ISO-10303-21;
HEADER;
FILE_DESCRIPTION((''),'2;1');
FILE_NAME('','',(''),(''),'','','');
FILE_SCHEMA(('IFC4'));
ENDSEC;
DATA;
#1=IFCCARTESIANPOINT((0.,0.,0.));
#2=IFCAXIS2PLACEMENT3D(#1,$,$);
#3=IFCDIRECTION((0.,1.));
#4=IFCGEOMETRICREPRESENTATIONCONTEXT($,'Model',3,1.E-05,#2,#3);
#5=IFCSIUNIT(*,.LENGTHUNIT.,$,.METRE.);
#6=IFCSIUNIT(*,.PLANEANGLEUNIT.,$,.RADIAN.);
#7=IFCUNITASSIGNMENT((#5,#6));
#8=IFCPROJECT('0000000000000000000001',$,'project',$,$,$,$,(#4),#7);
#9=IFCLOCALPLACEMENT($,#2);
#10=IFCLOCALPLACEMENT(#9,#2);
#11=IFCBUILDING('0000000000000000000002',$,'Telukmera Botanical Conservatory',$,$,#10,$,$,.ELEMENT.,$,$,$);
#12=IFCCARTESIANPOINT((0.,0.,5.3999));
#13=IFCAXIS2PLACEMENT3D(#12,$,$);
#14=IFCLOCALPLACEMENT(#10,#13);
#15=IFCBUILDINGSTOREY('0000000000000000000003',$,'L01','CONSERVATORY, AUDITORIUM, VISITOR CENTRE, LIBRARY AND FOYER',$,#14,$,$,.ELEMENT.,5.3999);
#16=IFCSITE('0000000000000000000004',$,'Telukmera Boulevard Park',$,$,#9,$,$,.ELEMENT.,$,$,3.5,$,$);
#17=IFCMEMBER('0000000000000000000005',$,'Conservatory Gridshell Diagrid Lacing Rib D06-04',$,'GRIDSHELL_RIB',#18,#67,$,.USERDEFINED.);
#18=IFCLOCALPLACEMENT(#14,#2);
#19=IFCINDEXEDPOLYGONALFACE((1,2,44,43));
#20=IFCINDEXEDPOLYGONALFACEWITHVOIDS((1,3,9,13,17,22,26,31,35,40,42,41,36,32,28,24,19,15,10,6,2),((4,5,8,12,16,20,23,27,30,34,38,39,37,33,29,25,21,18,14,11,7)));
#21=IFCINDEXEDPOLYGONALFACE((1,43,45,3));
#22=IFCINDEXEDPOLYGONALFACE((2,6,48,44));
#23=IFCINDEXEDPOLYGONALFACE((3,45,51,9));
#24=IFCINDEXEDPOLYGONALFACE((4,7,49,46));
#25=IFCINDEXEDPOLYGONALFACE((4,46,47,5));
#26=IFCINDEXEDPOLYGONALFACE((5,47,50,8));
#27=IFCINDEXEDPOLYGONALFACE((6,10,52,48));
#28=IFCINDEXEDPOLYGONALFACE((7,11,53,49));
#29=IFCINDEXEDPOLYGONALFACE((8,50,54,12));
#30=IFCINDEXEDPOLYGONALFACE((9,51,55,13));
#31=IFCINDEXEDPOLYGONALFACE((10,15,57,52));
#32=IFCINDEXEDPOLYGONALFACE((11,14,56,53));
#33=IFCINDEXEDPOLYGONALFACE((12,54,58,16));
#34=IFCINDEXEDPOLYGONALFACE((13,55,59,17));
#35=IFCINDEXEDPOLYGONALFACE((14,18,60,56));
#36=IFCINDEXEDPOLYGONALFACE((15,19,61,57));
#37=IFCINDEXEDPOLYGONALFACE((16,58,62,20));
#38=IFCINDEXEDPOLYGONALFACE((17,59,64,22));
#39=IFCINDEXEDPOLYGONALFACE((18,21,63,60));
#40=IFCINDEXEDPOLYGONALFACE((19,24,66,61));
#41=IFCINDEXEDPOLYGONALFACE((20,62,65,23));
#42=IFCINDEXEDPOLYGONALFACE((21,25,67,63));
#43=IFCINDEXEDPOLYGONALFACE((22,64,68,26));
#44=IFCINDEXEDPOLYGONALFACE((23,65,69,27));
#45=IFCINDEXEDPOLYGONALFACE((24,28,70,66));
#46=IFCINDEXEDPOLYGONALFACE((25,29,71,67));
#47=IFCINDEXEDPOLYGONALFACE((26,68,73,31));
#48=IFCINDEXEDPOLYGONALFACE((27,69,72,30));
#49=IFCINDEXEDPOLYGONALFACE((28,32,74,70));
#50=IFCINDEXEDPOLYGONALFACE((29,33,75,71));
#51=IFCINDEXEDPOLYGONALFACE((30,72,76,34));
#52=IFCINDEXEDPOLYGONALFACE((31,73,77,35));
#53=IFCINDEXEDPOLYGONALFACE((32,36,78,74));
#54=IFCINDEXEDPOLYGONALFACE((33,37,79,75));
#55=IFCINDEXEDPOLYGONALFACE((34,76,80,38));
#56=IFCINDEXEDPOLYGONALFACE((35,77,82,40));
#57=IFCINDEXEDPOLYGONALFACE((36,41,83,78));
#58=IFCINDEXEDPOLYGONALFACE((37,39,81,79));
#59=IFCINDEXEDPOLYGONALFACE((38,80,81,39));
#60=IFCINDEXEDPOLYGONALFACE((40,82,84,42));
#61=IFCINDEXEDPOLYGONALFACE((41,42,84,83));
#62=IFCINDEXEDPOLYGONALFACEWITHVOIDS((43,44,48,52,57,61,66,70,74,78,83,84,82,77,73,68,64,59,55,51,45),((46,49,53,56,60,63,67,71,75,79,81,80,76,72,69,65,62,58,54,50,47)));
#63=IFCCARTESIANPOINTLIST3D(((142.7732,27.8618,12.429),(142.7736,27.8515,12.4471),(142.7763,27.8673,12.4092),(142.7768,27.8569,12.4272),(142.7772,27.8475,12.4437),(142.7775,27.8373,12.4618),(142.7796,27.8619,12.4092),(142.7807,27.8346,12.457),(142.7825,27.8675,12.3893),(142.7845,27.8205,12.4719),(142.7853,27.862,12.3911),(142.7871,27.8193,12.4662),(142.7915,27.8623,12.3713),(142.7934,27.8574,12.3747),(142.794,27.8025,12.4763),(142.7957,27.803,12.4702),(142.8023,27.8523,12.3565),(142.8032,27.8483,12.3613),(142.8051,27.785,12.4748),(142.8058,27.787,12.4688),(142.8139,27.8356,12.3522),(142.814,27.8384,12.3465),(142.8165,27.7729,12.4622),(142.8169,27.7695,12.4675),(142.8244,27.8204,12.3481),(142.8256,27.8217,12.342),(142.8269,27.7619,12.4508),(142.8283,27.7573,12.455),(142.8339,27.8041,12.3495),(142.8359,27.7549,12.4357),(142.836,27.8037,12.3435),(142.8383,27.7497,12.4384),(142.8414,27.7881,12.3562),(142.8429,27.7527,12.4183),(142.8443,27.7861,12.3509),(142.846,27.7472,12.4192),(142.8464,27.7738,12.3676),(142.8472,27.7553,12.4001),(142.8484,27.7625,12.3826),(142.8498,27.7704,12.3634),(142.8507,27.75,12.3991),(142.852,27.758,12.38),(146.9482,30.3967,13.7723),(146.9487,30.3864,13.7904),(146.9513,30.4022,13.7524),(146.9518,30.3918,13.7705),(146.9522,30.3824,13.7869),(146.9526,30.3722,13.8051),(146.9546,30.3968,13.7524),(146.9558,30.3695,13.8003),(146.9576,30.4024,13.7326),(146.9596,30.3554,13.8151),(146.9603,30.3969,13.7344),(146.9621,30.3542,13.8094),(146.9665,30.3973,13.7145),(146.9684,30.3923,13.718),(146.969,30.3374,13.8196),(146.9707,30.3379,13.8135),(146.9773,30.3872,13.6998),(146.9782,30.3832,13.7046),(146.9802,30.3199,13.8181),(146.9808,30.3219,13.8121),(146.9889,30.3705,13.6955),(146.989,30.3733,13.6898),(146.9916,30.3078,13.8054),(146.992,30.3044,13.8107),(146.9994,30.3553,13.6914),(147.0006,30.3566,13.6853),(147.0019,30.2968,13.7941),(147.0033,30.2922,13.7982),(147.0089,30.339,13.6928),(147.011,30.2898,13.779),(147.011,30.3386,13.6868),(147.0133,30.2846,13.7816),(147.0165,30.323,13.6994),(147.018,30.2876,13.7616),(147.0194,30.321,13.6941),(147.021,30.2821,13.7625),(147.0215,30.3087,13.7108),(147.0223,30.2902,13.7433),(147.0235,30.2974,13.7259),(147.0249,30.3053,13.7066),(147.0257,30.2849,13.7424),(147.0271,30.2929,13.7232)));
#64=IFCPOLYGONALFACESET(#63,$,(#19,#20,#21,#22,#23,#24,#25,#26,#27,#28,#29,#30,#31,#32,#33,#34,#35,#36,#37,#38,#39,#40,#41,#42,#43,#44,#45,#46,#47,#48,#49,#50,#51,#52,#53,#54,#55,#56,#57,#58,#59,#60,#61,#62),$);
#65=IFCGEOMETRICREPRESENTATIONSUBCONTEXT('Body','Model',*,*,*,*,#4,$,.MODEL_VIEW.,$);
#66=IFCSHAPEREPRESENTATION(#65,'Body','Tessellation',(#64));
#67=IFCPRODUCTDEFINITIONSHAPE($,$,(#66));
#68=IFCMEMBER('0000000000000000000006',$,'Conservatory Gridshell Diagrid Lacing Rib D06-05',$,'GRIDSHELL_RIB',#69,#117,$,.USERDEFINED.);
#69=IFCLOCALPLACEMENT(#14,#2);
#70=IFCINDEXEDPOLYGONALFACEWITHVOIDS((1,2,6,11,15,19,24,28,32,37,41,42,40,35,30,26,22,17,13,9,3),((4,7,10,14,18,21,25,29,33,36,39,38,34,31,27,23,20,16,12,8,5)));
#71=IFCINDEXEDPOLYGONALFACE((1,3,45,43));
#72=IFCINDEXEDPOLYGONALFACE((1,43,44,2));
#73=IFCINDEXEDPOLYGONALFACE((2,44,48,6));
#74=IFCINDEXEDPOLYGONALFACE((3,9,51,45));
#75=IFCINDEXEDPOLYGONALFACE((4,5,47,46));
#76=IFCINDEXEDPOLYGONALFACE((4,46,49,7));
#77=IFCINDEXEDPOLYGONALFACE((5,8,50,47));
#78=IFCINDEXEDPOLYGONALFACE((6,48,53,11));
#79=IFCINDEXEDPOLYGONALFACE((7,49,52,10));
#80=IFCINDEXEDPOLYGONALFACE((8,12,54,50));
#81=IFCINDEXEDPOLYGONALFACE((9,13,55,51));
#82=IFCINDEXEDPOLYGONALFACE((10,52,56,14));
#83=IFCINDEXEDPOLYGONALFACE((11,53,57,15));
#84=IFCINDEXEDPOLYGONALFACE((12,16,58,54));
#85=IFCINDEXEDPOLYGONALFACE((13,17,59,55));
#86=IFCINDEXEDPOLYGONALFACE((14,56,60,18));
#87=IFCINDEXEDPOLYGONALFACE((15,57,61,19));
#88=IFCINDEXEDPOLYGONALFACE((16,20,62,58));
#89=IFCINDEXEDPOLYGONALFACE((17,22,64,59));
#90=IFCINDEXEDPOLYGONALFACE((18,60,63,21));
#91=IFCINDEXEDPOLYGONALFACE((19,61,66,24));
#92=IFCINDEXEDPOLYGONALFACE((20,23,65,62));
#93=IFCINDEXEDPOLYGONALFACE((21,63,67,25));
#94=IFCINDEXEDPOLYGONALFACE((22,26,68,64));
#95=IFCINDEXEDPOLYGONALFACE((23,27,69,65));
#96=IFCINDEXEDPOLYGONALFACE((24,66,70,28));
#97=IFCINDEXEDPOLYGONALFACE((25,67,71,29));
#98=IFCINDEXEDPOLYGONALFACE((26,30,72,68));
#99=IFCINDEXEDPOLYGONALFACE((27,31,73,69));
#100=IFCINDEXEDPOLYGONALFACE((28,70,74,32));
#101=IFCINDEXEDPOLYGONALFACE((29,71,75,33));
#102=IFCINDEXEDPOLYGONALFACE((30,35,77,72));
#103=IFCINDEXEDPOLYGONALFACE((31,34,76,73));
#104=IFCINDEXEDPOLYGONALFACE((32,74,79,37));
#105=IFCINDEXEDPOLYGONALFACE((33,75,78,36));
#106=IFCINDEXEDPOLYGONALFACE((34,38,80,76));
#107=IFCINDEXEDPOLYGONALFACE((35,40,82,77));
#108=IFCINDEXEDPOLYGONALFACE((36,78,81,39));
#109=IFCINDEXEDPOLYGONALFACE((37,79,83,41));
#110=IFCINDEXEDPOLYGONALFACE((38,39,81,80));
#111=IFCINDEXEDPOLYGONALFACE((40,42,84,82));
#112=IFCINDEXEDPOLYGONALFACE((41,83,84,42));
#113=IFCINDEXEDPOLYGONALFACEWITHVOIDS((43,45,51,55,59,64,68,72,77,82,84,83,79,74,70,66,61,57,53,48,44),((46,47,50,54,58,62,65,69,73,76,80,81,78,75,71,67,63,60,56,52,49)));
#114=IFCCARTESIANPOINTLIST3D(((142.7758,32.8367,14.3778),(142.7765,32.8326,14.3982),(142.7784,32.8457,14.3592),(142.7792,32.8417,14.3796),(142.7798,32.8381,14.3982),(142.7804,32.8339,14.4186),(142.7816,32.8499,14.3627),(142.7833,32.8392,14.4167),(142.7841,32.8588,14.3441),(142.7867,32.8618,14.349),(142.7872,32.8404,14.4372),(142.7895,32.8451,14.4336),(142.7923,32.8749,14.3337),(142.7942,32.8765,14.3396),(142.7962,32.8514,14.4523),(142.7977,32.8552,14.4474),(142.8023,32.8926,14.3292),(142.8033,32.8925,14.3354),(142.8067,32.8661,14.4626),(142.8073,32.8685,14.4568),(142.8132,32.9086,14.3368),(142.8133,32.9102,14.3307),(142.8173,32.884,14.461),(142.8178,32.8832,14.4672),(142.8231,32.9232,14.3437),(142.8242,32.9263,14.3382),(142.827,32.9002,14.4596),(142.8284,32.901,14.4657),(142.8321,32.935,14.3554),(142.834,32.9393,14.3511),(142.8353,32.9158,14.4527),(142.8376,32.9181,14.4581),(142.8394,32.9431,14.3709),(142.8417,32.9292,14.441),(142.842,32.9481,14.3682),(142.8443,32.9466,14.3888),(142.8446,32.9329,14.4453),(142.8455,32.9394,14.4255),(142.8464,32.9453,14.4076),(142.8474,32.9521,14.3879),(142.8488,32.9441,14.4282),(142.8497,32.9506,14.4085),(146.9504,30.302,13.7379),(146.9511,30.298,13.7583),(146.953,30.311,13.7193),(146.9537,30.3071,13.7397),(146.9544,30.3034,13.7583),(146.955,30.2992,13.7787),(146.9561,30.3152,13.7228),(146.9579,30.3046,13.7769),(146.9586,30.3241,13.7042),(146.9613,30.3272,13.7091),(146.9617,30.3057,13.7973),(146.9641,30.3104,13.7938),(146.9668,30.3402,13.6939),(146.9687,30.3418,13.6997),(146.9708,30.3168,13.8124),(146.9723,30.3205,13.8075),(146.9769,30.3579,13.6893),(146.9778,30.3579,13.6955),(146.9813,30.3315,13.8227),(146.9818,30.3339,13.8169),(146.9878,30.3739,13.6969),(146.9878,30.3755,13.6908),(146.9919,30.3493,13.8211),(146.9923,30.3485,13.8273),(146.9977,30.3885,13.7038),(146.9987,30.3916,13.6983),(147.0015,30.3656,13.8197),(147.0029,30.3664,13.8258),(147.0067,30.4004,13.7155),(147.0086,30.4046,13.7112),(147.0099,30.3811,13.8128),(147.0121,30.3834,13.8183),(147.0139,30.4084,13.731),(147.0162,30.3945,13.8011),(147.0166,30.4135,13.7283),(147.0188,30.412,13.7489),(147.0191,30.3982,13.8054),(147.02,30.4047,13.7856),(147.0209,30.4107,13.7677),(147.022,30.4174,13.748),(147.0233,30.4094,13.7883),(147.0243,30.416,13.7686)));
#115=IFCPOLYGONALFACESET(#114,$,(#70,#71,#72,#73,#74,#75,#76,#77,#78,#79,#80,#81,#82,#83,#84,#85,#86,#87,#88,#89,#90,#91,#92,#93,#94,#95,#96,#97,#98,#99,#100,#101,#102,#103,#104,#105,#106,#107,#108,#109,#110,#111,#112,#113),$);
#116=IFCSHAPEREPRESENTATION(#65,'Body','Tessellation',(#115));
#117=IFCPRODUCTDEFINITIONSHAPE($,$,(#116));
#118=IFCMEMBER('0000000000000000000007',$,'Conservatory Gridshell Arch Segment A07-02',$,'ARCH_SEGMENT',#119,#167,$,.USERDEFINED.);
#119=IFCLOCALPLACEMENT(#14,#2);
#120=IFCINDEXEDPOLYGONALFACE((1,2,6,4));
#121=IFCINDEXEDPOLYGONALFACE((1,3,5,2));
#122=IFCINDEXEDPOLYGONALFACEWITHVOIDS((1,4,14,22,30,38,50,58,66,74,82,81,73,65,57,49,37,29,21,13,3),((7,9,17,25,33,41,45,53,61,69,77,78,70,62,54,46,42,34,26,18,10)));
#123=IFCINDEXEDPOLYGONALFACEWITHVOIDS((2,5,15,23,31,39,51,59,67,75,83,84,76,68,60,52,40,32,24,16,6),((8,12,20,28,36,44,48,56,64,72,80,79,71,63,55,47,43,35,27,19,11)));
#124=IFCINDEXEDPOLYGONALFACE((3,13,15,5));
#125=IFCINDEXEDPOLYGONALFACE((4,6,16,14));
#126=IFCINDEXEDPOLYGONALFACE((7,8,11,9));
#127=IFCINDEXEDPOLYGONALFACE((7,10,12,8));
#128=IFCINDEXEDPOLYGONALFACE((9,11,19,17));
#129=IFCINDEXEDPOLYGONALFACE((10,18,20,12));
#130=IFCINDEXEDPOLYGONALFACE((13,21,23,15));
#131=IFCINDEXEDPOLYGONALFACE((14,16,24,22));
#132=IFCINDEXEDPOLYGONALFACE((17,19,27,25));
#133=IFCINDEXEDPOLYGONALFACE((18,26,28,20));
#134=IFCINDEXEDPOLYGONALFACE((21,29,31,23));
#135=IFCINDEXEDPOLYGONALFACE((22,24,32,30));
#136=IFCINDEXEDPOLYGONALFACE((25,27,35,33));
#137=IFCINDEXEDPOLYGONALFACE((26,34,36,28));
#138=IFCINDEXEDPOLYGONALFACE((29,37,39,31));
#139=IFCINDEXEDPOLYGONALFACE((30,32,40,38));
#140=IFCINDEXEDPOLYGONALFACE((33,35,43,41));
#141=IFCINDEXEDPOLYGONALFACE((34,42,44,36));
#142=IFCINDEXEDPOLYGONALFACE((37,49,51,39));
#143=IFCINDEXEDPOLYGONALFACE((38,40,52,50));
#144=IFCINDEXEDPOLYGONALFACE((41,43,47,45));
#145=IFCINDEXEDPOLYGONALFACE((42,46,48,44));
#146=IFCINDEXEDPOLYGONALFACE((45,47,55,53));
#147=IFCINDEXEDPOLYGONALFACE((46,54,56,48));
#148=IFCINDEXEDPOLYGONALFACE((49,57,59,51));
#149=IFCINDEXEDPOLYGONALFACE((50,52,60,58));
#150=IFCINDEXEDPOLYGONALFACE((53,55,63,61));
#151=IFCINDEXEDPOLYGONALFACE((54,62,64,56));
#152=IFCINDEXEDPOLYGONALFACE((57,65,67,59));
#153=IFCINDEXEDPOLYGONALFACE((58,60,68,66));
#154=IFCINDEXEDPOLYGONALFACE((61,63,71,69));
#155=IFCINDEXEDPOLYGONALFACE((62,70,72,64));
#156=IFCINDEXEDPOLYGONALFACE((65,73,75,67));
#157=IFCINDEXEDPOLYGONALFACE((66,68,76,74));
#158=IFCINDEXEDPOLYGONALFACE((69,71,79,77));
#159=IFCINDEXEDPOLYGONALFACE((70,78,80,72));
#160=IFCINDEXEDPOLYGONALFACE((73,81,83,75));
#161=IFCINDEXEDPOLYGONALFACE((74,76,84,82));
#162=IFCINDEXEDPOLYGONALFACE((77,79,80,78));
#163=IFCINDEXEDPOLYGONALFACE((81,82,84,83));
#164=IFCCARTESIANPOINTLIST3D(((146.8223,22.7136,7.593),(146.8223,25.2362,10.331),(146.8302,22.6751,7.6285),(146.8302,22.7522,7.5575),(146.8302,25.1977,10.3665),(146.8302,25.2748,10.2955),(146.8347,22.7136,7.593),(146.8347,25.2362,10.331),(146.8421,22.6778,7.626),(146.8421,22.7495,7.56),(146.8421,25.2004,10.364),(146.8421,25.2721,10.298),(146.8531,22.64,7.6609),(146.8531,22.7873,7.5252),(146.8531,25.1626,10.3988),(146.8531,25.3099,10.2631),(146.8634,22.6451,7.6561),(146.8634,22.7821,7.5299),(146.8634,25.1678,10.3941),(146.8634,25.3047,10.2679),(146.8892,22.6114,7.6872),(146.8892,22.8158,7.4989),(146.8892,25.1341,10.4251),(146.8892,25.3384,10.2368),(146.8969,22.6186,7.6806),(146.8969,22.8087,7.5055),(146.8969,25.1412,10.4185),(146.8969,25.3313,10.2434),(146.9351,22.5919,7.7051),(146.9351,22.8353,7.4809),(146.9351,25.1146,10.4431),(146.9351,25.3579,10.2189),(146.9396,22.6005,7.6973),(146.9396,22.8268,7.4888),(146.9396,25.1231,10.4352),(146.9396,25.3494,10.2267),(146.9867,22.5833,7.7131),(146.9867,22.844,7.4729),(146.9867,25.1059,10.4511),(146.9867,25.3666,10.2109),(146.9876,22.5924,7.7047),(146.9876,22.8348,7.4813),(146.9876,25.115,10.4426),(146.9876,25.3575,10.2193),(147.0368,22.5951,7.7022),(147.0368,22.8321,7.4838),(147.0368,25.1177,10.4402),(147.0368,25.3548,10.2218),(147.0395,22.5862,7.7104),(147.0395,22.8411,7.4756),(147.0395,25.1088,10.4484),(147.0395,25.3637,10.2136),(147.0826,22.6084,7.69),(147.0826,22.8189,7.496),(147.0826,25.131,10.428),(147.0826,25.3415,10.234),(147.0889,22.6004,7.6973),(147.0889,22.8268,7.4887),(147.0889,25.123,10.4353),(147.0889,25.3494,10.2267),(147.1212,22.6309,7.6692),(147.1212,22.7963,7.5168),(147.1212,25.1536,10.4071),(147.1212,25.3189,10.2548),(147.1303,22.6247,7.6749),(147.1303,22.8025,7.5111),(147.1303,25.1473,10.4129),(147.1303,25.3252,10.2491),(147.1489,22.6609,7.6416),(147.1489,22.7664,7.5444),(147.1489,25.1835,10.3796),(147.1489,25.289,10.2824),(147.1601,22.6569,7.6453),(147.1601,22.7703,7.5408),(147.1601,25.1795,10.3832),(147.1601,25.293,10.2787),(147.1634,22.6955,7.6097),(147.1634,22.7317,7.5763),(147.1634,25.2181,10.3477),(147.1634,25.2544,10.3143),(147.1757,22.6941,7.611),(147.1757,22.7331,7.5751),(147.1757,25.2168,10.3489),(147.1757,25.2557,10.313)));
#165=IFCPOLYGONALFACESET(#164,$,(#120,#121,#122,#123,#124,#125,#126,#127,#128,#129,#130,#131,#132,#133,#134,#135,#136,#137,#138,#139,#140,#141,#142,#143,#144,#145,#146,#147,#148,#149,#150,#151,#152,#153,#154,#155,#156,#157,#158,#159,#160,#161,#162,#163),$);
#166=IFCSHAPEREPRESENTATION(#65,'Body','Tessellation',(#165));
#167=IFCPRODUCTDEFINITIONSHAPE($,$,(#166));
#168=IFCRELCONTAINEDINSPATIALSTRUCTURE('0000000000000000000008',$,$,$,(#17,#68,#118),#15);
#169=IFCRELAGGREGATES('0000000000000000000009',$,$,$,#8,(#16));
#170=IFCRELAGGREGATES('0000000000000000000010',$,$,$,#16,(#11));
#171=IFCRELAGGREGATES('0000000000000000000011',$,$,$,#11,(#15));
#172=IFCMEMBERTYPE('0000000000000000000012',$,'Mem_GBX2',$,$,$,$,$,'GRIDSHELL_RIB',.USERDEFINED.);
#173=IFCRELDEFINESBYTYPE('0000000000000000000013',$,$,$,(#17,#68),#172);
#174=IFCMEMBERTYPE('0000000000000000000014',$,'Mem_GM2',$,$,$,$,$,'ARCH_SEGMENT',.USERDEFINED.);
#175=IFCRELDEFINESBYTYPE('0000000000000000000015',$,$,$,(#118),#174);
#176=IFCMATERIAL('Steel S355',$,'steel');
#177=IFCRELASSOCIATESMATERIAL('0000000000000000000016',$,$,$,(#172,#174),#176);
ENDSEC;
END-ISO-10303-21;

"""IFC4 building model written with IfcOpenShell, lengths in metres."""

from ifc_helpers import new_model, si_unit, direction, frame, origin, origin_2d, place, context, subcontext, project, spatial, hollow_circle, extrude, material, material_profile, profile_set, type_object, element, save


model = new_model("IFC4")

# Units and contexts
model_context = context("Model", 3, precision=1e-05, world=origin(), true_north=direction((0.0, 1.0)))
body_context = subcontext(model_context, "Body", "Model", "MODEL_VIEW")
ifc_project = project(units=[si_unit("LENGTHUNIT", "METRE"), si_unit("PLANEANGLEUNIT", "RADIAN")], contexts=[model_context])

# Site, building, storey
site_placement = place(None, origin())
site = spatial("IfcSite", under=ifc_project, at=site_placement, Name="Telukmera Boulevard Park", CompositionType="ELEMENT", RefElevation=3.5)
building_placement = place(site_placement, origin())
building = spatial("IfcBuilding", under=site, at=building_placement, Name="Telukmera Botanical Conservatory", CompositionType="ELEMENT")
storey_placement = place(building_placement, frame((0.0, 0.0, 5.3999)))
storey = spatial("IfcBuildingStorey", under=building, at=storey_placement, Name="L01", Description="CONSERVATORY, AUDITORIUM, VISITOR CENTRE, LIBRARY AND FOYER", CompositionType="ELEMENT", Elevation=5.3999)

# Shared definitions
ifc_material = material(Name="Steel S355", Category="steel")

# Members
ifc_material_profile_1 = material_profile(ifc_material, hollow_circle(Radius=0.0698, WallThickness=0.0063, at=origin_2d()), Name="CHS 139.7x6.3")
ifc_profile_set_1 = profile_set([ifc_material_profile_1], Name="Steel S355")
member_type_1 = type_object("IfcMemberType", Name="Mem_GBX2", ElementType="GRIDSHELL_RIB", PredefinedType="USERDEFINED", material=ifc_profile_set_1)
member_1_placement = place(storey_placement, frame((142.8125, 27.8076, 12.4092), z_axis=(0.824182, 0.500409, 0.265169), x_axis=(-0.518987, 0.854782, 0.0)))
element("IfcMember", 1, at=member_1_placement, inside=storey, type_object=member_type_1, Name="Conservatory Gridshell Diagrid Lacing Rib D06-04", ObjectType="GRIDSHELL_RIB", PredefinedType="USERDEFINED", context=body_context, shape_type="SweptSolid", body=[
    extrude(hollow_circle(Radius=0.0698, WallThickness=0.0063, at=origin_2d()), origin(), (0.0, 0.0, 1.0), 5.0657),
])
member_2_placement = place(storey_placement, frame((146.9873, 30.3577, 13.7583), z_axis=(-0.847533, 0.514597, 0.129913), x_axis=(-0.518995, -0.854777, 0.0)))
element("IfcMember", 2, at=member_2_placement, inside=storey, type_object=member_type_1, Name="Conservatory Gridshell Diagrid Lacing Rib D06-05", ObjectType="GRIDSHELL_RIB", PredefinedType="USERDEFINED", context=body_context, shape_type="SweptSolid", body=[
    extrude(hollow_circle(Radius=0.0698, WallThickness=0.0063, at=origin_2d()), origin(), (0.0, 0.0, 1.0), 4.9255),
])
ifc_material_profile_2 = material_profile(ifc_material, hollow_circle(Radius=0.1777, WallThickness=0.0125, at=origin_2d()), Name="CHS 355.6x12.5")
ifc_profile_set_2 = profile_set([ifc_material_profile_2], Name="Steel S355")
member_type_2 = type_object("IfcMemberType", Name="Mem_GM2", ElementType="ARCH_SEGMENT", PredefinedType="USERDEFINED", material=ifc_profile_set_2)
member_3_placement = place(storey_placement, frame((147.0, 22.7136, 7.593), z_axis=(0.0, 0.677596, 0.735434), x_axis=(-1.0, 0.0, 0.0)))
element("IfcMember", 3, at=member_3_placement, inside=storey, type_object=member_type_2, Name="Conservatory Gridshell Arch Segment A07-02", ObjectType="ARCH_SEGMENT", PredefinedType="USERDEFINED", context=body_context, shape_type="SweptSolid", body=[
    extrude(hollow_circle(Radius=0.1777, WallThickness=0.0125, at=origin_2d()), origin(), (0.0, 0.0, 1.0), 3.7229),
])

save(model, "model.ifc")
